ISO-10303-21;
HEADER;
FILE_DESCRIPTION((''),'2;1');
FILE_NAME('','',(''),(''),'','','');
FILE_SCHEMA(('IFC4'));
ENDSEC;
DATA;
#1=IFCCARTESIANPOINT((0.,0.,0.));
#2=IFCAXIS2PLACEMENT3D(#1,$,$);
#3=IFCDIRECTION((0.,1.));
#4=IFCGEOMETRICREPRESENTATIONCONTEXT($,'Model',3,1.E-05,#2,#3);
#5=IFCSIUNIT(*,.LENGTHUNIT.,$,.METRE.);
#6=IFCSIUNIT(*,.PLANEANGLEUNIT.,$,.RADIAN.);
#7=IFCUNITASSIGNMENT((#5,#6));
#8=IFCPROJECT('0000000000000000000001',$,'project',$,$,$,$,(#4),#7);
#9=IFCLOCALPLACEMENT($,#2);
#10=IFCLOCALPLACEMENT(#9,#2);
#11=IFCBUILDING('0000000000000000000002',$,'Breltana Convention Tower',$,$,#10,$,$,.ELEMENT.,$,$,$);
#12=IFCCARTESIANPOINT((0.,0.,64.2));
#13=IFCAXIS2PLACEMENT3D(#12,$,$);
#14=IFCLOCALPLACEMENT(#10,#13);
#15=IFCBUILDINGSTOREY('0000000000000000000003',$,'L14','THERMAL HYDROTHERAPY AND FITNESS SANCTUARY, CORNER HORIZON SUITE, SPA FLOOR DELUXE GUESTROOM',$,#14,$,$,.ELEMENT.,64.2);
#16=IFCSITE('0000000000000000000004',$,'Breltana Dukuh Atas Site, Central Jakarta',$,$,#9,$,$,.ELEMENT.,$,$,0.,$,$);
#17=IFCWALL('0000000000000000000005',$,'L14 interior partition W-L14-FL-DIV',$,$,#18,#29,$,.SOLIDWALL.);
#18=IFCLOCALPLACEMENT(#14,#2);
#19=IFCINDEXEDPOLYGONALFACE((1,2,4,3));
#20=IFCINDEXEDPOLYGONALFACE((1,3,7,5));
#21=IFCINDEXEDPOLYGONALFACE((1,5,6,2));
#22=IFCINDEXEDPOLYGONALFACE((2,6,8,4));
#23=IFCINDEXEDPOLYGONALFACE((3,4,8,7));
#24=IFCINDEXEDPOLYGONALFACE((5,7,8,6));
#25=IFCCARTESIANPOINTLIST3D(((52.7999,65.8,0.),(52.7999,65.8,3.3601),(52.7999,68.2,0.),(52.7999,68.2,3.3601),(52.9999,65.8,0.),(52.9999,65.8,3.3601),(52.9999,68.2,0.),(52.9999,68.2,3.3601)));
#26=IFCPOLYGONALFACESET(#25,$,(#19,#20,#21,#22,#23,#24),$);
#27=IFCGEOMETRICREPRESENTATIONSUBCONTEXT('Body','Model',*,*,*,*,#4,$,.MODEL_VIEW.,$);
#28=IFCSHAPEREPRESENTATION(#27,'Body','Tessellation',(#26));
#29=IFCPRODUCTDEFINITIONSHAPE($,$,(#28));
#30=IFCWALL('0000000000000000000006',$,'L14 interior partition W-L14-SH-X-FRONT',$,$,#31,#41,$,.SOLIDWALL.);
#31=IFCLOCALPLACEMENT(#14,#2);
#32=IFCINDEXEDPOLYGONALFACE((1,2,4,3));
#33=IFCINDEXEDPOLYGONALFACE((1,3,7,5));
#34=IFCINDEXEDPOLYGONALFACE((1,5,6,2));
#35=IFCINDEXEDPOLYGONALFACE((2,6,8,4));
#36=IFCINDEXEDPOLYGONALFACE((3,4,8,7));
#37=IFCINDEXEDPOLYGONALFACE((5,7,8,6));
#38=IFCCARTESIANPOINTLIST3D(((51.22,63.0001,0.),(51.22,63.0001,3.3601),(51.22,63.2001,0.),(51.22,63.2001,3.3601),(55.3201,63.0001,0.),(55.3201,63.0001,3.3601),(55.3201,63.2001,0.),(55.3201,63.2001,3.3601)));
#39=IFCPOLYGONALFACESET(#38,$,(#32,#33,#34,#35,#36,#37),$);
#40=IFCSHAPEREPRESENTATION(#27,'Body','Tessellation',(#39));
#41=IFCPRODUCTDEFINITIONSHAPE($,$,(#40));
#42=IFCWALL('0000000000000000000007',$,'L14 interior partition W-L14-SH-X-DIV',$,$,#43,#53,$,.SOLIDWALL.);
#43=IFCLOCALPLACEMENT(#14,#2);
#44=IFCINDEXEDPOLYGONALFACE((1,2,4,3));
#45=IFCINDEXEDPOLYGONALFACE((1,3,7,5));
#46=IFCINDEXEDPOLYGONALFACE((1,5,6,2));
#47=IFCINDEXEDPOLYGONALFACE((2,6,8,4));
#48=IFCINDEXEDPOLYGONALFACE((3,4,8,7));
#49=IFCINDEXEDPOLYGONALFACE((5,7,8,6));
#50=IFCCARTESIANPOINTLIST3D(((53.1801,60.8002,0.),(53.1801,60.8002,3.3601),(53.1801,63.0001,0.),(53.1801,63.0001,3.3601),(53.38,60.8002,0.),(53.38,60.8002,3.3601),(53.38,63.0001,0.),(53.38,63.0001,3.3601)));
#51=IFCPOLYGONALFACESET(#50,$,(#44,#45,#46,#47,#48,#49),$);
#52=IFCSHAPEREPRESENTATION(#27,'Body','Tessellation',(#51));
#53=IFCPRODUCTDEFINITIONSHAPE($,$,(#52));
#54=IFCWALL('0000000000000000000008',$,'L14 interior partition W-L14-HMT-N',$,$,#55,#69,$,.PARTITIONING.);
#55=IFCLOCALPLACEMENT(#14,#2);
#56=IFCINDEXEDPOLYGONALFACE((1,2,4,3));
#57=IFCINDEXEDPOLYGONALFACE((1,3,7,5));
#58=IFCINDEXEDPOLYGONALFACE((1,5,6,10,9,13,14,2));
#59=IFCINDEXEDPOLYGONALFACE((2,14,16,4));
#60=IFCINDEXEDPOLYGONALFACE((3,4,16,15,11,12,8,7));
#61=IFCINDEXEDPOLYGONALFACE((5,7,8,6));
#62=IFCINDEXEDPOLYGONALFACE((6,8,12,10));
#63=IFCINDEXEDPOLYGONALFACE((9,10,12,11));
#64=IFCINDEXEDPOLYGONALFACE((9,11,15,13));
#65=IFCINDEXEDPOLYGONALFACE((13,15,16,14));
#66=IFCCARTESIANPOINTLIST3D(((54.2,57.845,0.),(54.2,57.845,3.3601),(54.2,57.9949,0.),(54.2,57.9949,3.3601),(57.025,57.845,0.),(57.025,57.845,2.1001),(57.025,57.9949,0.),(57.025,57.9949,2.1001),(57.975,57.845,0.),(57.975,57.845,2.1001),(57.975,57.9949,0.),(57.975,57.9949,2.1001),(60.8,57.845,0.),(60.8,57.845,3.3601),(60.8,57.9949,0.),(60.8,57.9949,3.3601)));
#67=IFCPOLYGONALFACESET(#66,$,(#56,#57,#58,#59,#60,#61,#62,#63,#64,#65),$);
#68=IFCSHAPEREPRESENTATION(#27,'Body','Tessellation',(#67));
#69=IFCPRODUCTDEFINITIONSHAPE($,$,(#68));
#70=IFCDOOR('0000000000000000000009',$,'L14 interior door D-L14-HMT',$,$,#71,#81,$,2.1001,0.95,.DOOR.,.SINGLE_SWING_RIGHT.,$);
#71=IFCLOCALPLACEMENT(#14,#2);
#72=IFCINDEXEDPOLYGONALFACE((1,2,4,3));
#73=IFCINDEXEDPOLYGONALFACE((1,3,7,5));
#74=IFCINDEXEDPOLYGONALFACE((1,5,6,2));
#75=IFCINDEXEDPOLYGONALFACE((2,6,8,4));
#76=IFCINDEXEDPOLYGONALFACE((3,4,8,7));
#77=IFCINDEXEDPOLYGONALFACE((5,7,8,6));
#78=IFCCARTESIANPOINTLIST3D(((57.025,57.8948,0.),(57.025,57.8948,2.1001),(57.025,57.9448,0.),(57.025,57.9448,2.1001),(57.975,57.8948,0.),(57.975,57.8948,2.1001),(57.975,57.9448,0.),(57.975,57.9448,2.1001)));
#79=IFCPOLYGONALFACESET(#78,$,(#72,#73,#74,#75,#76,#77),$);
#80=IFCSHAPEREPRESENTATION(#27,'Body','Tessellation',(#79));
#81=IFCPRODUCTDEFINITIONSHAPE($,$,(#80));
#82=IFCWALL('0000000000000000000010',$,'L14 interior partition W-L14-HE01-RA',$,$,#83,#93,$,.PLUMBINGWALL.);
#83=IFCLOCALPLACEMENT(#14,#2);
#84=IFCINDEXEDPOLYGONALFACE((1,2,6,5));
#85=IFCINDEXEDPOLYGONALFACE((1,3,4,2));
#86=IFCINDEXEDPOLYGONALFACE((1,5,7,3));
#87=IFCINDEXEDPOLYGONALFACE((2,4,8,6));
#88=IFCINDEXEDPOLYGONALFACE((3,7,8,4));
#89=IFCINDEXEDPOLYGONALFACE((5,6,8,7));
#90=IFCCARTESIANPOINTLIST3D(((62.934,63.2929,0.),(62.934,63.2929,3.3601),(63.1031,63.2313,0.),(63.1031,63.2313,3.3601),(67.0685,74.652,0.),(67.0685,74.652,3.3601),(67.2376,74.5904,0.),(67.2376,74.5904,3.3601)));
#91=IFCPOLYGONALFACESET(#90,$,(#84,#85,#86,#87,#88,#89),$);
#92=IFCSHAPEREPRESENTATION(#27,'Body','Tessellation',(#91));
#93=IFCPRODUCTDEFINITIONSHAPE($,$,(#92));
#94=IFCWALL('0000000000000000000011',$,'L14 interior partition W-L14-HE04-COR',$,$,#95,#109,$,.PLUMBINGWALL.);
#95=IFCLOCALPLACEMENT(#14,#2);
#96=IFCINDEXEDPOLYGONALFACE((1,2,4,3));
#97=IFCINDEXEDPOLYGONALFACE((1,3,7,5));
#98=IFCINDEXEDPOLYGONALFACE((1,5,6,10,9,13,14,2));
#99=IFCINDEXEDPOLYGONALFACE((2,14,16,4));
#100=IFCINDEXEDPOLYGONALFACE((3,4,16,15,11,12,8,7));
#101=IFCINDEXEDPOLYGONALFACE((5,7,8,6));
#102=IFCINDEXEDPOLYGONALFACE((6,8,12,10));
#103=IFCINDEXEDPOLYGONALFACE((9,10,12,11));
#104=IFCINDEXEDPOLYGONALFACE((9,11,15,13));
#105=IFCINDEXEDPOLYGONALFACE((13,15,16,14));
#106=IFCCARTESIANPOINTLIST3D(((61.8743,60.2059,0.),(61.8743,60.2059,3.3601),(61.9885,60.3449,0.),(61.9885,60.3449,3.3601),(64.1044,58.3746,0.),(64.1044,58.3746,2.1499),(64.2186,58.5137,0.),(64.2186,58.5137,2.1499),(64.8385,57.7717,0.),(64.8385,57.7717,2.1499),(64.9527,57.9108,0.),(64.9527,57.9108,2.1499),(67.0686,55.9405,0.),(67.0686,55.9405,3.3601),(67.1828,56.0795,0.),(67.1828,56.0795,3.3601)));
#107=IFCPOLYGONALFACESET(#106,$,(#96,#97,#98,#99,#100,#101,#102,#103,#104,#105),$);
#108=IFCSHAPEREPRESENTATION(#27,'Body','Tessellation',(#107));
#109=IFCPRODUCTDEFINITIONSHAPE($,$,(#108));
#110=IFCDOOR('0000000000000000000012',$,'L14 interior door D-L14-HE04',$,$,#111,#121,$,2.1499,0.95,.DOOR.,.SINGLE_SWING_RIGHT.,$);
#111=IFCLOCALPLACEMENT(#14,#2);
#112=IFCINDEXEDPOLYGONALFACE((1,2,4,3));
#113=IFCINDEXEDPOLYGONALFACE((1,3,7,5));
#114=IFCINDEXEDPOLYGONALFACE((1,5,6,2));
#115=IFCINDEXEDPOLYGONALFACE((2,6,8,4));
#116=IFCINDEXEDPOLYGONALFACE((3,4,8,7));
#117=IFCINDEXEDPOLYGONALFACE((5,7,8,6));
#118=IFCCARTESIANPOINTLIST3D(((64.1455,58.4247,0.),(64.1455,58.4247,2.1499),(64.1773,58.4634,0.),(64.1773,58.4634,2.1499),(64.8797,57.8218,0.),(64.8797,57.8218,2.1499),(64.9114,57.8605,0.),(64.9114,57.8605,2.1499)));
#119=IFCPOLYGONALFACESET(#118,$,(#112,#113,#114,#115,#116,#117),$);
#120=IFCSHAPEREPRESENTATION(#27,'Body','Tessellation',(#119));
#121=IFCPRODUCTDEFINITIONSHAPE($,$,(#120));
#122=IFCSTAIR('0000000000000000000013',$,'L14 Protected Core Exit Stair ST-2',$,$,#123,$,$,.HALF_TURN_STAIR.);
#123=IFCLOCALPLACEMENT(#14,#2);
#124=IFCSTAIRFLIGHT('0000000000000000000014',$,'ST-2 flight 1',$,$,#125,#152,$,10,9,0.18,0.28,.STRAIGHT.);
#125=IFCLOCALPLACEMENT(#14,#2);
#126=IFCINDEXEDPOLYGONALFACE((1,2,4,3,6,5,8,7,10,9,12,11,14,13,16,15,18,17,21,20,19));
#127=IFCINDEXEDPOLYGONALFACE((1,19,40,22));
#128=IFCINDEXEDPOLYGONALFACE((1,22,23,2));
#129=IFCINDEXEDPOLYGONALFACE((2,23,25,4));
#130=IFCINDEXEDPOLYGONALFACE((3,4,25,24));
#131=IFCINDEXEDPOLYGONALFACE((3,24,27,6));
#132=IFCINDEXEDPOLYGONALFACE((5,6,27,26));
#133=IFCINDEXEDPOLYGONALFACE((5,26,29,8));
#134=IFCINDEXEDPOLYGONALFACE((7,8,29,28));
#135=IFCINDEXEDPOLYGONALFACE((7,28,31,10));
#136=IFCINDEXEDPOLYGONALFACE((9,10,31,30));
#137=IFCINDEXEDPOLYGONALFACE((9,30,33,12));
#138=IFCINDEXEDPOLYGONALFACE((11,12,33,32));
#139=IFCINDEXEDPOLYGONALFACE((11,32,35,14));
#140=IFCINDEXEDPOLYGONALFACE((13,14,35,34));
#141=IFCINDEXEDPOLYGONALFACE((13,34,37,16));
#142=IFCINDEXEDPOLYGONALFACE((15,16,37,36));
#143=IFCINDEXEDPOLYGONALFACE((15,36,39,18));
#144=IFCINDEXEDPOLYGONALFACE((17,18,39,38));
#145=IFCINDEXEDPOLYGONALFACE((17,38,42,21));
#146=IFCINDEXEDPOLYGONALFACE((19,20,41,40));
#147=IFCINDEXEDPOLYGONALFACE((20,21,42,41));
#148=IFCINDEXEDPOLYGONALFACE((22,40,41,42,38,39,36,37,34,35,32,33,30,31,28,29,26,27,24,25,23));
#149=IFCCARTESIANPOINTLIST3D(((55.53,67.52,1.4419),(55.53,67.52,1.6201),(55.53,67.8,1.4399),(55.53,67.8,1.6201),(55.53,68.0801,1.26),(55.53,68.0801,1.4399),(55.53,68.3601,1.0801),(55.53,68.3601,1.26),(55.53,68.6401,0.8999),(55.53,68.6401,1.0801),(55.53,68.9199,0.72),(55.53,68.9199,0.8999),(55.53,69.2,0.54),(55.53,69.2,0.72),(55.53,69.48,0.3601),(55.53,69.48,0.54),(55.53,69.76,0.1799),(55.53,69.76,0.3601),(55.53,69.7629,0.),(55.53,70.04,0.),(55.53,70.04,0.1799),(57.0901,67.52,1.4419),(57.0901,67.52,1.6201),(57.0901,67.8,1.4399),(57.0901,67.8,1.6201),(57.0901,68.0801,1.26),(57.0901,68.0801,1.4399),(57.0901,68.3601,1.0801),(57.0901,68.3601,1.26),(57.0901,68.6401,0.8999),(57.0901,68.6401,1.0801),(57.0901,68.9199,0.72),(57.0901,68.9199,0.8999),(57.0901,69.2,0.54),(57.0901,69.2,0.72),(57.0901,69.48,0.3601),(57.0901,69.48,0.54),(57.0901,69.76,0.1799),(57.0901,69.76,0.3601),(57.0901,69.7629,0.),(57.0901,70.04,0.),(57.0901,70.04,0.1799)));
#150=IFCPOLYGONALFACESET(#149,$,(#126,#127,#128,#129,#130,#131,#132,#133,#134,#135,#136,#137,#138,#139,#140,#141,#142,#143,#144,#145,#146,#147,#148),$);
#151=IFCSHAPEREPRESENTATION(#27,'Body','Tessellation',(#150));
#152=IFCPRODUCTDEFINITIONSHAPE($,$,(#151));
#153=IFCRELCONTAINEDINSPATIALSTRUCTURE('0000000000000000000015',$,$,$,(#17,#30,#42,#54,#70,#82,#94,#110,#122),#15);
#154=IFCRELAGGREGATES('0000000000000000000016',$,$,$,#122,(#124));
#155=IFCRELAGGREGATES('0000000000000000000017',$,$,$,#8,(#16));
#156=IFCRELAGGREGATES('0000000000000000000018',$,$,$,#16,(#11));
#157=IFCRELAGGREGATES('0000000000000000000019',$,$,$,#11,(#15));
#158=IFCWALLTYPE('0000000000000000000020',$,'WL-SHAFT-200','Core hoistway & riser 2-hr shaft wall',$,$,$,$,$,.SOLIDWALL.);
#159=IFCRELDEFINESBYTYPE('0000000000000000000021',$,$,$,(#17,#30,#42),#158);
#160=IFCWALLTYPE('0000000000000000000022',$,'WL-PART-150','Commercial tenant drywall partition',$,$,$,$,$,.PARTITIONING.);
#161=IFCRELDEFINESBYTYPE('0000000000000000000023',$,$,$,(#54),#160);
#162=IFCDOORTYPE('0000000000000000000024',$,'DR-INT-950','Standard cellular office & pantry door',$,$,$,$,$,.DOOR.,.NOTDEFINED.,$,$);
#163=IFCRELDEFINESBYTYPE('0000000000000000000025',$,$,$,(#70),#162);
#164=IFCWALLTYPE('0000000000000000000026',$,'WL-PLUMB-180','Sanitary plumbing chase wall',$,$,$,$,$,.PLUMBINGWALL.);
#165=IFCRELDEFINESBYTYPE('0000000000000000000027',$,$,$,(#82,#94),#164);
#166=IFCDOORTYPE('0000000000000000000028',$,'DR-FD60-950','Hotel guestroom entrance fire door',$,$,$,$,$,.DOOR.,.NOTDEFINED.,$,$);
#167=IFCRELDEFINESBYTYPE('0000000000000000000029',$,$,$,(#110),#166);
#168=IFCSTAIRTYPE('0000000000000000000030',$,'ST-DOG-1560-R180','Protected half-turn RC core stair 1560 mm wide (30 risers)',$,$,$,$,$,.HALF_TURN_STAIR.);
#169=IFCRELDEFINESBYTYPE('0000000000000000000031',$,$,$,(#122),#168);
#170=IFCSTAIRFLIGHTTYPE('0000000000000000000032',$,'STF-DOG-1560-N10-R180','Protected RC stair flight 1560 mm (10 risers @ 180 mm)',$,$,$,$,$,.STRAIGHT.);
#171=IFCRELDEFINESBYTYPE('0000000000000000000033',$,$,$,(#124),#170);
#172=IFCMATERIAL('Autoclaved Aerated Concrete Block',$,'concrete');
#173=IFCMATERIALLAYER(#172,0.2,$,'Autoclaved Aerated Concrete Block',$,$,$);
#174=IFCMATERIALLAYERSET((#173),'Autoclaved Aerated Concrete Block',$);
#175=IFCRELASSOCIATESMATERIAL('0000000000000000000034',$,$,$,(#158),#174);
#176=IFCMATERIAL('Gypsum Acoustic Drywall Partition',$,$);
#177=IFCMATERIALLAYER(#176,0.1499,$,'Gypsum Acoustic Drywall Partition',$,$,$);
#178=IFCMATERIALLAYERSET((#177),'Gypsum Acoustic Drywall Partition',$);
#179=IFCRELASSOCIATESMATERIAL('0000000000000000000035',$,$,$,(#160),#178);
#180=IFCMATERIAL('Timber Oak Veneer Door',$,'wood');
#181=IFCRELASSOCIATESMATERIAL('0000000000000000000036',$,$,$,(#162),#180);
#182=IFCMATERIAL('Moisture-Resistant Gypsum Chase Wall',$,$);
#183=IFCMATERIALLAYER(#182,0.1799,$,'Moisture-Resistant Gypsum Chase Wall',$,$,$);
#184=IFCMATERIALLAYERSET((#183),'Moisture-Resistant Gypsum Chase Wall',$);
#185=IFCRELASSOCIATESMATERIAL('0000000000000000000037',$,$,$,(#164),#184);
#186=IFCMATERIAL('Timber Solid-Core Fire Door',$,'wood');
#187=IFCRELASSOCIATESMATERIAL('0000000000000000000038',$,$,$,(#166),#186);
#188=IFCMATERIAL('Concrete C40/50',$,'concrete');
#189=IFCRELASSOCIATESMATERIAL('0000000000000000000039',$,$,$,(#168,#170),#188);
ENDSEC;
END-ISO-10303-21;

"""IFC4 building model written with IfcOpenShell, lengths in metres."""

from ifc_helpers import new_model, si_unit, direction, frame, frame_2d, origin, place, context, subcontext, project, spatial, polyline, rectangle, outline, extrude, source, transform, mapped, material, layer, layer_set, type_object, type_shapes, element, fill, aggregate, save


model = new_model("IFC4")

# Units and contexts
model_context = context("Model", 3, precision=1e-05, world=origin(), true_north=direction((0.0, 1.0)))
body_context = subcontext(model_context, "Body", "Model", "MODEL_VIEW")
ifc_project = project(units=[si_unit("LENGTHUNIT", "METRE"), si_unit("PLANEANGLEUNIT", "RADIAN")], contexts=[model_context])

# Site, building, storey
site_placement = place(None, origin())
site = spatial("IfcSite", under=ifc_project, at=site_placement, Name="Breltana Dukuh Atas Site, Central Jakarta", CompositionType="ELEMENT", RefElevation=0.0)
building_placement = place(site_placement, origin())
building = spatial("IfcBuilding", under=site, at=building_placement, Name="Breltana Convention Tower", CompositionType="ELEMENT")
storey_placement = place(building_placement, frame((0.0, 0.0, 64.2)))
storey = spatial("IfcBuildingStorey", under=building, at=storey_placement, Name="L14", Description="THERMAL HYDROTHERAPY AND FITNESS SANCTUARY, CORNER HORIZON SUITE, SPA FLOOR DELUXE GUESTROOM", CompositionType="ELEMENT", Elevation=64.2)

# Shared definitions
ifc_material_1 = material(Name="Autoclaved Aerated Concrete Block", Category="concrete")
ifc_layer_1 = layer(ifc_material_1, 0.2, Name="Autoclaved Aerated Concrete Block")
ifc_layer_set_1 = layer_set([ifc_layer_1], Name="Autoclaved Aerated Concrete Block")
wall_type_1 = type_object("IfcWallType", Name="WL-SHAFT-200", Description="Core hoistway & riser 2-hr shaft wall", PredefinedType="SOLIDWALL", material=ifc_layer_set_1)

# Walls
shared_shape_1 = source(origin(), body_context, "Body", "SweptSolid", [
    extrude(rectangle(XDim=2.3999, YDim=0.2, at=frame_2d((1.2, 0.0))), origin(), (0.0, 0.0, 1.0), 3.3601),
])
wall_1_placement = place(storey_placement, frame((52.8999, 65.8, 0.0), z_axis=(0.0, 0.0, 1.0), x_axis=(0.0, 1.0, 0.0)))
element("IfcWall", 1, at=wall_1_placement, inside=storey, type_object=wall_type_1, Name="L14 interior partition W-L14-FL-DIV", PredefinedType="SOLIDWALL", context=body_context, shape_type="MappedRepresentation", body=[
    mapped(shared_shape_1, transform((0.0, 0.0, 0.0), scale=1.0)),
])
shared_shape_2 = source(origin(), body_context, "Body", "SweptSolid", [
    extrude(rectangle(XDim=4.1001, YDim=0.2, at=frame_2d((2.05, 0.0))), origin(), (0.0, 0.0, 1.0), 3.3601),
])
wall_2_placement = place(storey_placement, frame((51.22, 63.1001, 0.0), z_axis=(0.0, 0.0, 1.0), x_axis=(1.0, 0.0, 0.0)))
element("IfcWall", 2, at=wall_2_placement, inside=storey, type_object=wall_type_1, Name="L14 interior partition W-L14-SH-X-FRONT", PredefinedType="SOLIDWALL", context=body_context, shape_type="MappedRepresentation", body=[
    mapped(shared_shape_2, transform((0.0, 0.0, 0.0), scale=1.0)),
])
shared_shape_3 = source(origin(), body_context, "Body", "SweptSolid", [
    extrude(rectangle(XDim=2.2, YDim=0.2, at=frame_2d((1.1001, 0.0))), origin(), (0.0, 0.0, 1.0), 3.3601),
])
wall_3_placement = place(storey_placement, frame((53.28, 60.8, 0.0), z_axis=(0.0, 0.0, 1.0), x_axis=(0.0, 1.0, 0.0)))
element("IfcWall", 3, at=wall_3_placement, inside=storey, type_object=wall_type_1, Name="L14 interior partition W-L14-SH-X-DIV", PredefinedType="SOLIDWALL", context=body_context, shape_type="MappedRepresentation", body=[
    mapped(shared_shape_3, transform((0.0, 0.0, 0.0), scale=1.0)),
])

# Wall, opening, door
ifc_material_2 = material(Name="Gypsum Acoustic Drywall Partition")
ifc_layer_2 = layer(ifc_material_2, 0.1499, Name="Gypsum Acoustic Drywall Partition")
ifc_layer_set_2 = layer_set([ifc_layer_2], Name="Gypsum Acoustic Drywall Partition")
wall_type_2 = type_object("IfcWallType", Name="WL-PART-150", Description="Commercial tenant drywall partition", PredefinedType="PARTITIONING", material=ifc_layer_set_2)
shared_shape_4 = source(origin(), body_context, "Body", "SweptSolid", [
    extrude(rectangle(XDim=6.6001, YDim=0.1499, at=frame_2d((3.3, 0.0))), origin(), (0.0, 0.0, 1.0), 3.3601),
])
wall_4_placement = place(storey_placement, frame((54.2, 57.9199, 0.0), z_axis=(0.0, 0.0, 1.0), x_axis=(1.0, 0.0, 0.0)))
wall_4 = element("IfcWall", 4, at=wall_4_placement, inside=storey, type_object=wall_type_2, Name="L14 interior partition W-L14-HMT-N", PredefinedType="PARTITIONING", context=body_context, shape_type="MappedRepresentation", body=[
    mapped(shared_shape_4, transform((0.0, 0.0, 0.0), scale=1.0)),
])
opening_1_placement = place(wall_4_placement, frame((2.825, 0.0, 0.0)))
opening_1 = element("IfcOpeningElement", 5, at=opening_1_placement, cuts=wall_4, PredefinedType="OPENING", context=body_context, shape_type="SweptSolid", body=[
    extrude(rectangle(XDim=0.95, YDim=2.1001, at=frame_2d((0.4751, 1.05))), frame((0.0, 0.085, 0.0), z_axis=(0.0, -1.0, 0.0), x_axis=(1.0, 0.0, 0.0)), (0.0, 0.0, 1.0), 0.1699),
])
ifc_material_3 = material(Name="Timber Oak Veneer Door", Category="wood")
door_type_1 = type_object("IfcDoorType", Name="DR-INT-950", Description="Standard cellular office & pantry door", OperationType="NOTDEFINED", PredefinedType="DOOR", material=ifc_material_3)
shared_shape_5 = source(origin(), body_context, "Body", "SweptSolid", [
    extrude(rectangle(XDim=0.95, YDim=2.1001, at=frame_2d((0.4751, 1.05))), frame((0.0, 0.0249, 0.0), z_axis=(0.0, -1.0, 0.0), x_axis=(1.0, 0.0, 0.0)), (0.0, 0.0, 1.0), 0.05),
])
type_shapes(door_type_1, [shared_shape_5])
door_1_placement = place(opening_1_placement, origin())
door_1 = element("IfcDoor", 6, at=door_1_placement, inside=storey, type_object=door_type_1, Name="L14 interior door D-L14-HMT", OperationType="SINGLE_SWING_RIGHT", OverallHeight=2.1001, OverallWidth=0.95, PredefinedType="DOOR", context=body_context, shape_type="MappedRepresentation", body=[
    mapped(shared_shape_5, transform((0.0, 0.0, 0.0), scale=1.0)),
])
fill(opening_1, door_1)
ifc_material_4 = material(Name="Moisture-Resistant Gypsum Chase Wall")
ifc_layer_3 = layer(ifc_material_4, 0.1799, Name="Moisture-Resistant Gypsum Chase Wall")
ifc_layer_set_3 = layer_set([ifc_layer_3], Name="Moisture-Resistant Gypsum Chase Wall")
wall_type_3 = type_object("IfcWallType", Name="WL-PLUMB-180", Description="Sanitary plumbing chase wall", PredefinedType="PLUMBINGWALL", material=ifc_layer_set_3)

# Wall
shared_shape_6 = source(origin(), body_context, "Body", "SweptSolid", [
    extrude(rectangle(XDim=12.0881, YDim=0.1799, at=frame_2d((6.0439, 0.0))), origin(), (0.0, 0.0, 1.0), 3.3601),
])
wall_5_placement = place(storey_placement, frame((63.0186, 63.2622, 0.0), z_axis=(0.0, 0.0, 1.0), x_axis=(0.34203, 0.939689, 0.0)))
element("IfcWall", 7, at=wall_5_placement, inside=storey, type_object=wall_type_3, Name="L14 interior partition W-L14-HE01-RA", PredefinedType="PLUMBINGWALL", context=body_context, shape_type="MappedRepresentation", body=[
    mapped(shared_shape_6, transform((0.0, 0.0, 0.0), scale=1.0)),
])

# Wall, opening, door
ifc_material_5 = material(Name="Timber Solid-Core Fire Door", Category="wood")
door_type_2 = type_object("IfcDoorType", Name="DR-FD60-950", Description="Hotel guestroom entrance fire door", OperationType="NOTDEFINED", PredefinedType="DOOR", material=ifc_material_5)
shared_shape_7 = source(origin(), body_context, "Body", "SweptSolid", [
    extrude(rectangle(XDim=0.95, YDim=2.1499, at=frame_2d((0.4751, 1.075))), frame((0.0, 0.0249, 0.0), z_axis=(0.0, -1.0, 0.0), x_axis=(1.0, 0.0, 0.0)), (0.0, 0.0, 1.0), 0.05),
])
type_shapes(door_type_2, [shared_shape_7])
shared_shape_8 = source(origin(), body_context, "Body", "SweptSolid", [
    extrude(rectangle(XDim=6.7212, YDim=0.1799, at=frame_2d((3.3606, 0.0))), origin(), (0.0, 0.0, 1.0), 3.3601),
])
wall_6_placement = place(storey_placement, frame((61.9314, 60.2754, 0.0), z_axis=(0.0, 0.0, 1.0), x_axis=(0.772828, -0.634615, 0.0)))
wall_6 = element("IfcWall", 8, at=wall_6_placement, inside=storey, type_object=wall_type_3, Name="L14 interior partition W-L14-HE04-COR", PredefinedType="PLUMBINGWALL", context=body_context, shape_type="MappedRepresentation", body=[
    mapped(shared_shape_8, transform((0.0, 0.0, 0.0), scale=1.0)),
])
opening_2_placement = place(wall_6_placement, frame((2.8855, 0.0, 0.0)))
opening_2 = element("IfcOpeningElement", 9, at=opening_2_placement, cuts=wall_6, PredefinedType="OPENING", context=body_context, shape_type="SweptSolid", body=[
    extrude(rectangle(XDim=0.95, YDim=2.1499, at=frame_2d((0.4751, 1.075))), frame((0.0, 0.1001, 0.0), z_axis=(0.0, -1.0, 0.0), x_axis=(1.0, 0.0, 0.0)), (0.0, 0.0, 1.0), 0.2),
])
door_2_placement = place(opening_2_placement, origin())
door_2 = element("IfcDoor", 10, at=door_2_placement, inside=storey, type_object=door_type_2, Name="L14 interior door D-L14-HE04", OperationType="SINGLE_SWING_RIGHT", OverallHeight=2.1499, OverallWidth=0.95, PredefinedType="DOOR", context=body_context, shape_type="MappedRepresentation", body=[
    mapped(shared_shape_7, transform((0.0, 0.0, 0.0), scale=1.0)),
])
fill(opening_2, door_2)

# Stair, stair flight
ifc_material_6 = material(Name="Concrete C40/50", Category="concrete")
stair_type = type_object("IfcStairType", Name="ST-DOG-1560-R180", Description="Protected half-turn RC core stair 1560 mm wide (30 risers)", PredefinedType="HALF_TURN_STAIR", material=ifc_material_6)
stair_placement = place(storey_placement, origin())
stair = element("IfcStair", 11, at=stair_placement, inside=storey, type_object=stair_type, Name="L14 Protected Core Exit Stair ST-2", PredefinedType="HALF_TURN_STAIR")
stair_flight_type = type_object("IfcStairFlightType", Name="STF-DOG-1560-N10-R180", Description="Protected RC stair flight 1560 mm (10 risers @ 180 mm)", PredefinedType="STRAIGHT", material=ifc_material_6)
stair_flight_1_placement = place(storey_placement, frame((56.3101, 70.04, 0.0), z_axis=(0.0, 0.0, 1.0), x_axis=(0.0, -1.0, 0.0)))
stair_flight_1 = element("IfcStairFlight", 12, at=stair_flight_1_placement, type_object=stair_flight_type, Name="ST-2 flight 1", NumberOfRisers=10, NumberOfTreads=9, PredefinedType="STRAIGHT", RiserHeight=0.18, TreadLength=0.28, context=body_context, shape_type="SweptSolid", body=[
    extrude(outline(polyline([(0.0, 0.0), (0.0, 0.1799), (0.28, 0.1799), (0.28, 0.3601), (0.5601, 0.3601), (0.5601, 0.54), (0.8401, 0.54), (0.8401, 0.72), (1.1201, 0.72), (1.1201, 0.8999), (1.3999, 0.8999), (1.3999, 1.0801), (1.6799, 1.0801), (1.6799, 1.26), (1.96, 1.26), (1.96, 1.4399), (2.24, 1.4399), (2.24, 1.6201), (2.52, 1.6201), (2.52, 1.8), (2.52, 1.4419), (0.2771, 0.0), (0.0, 0.0)])), frame((0.0, 0.78, 0.0), z_axis=(0.0, -1.0, 0.0), x_axis=(1.0, 0.0, 0.0)), (0.0, 0.0, 1.0), 1.5601),
])
aggregate(stair, [stair_flight_1])

save(model, "model.ifc")
